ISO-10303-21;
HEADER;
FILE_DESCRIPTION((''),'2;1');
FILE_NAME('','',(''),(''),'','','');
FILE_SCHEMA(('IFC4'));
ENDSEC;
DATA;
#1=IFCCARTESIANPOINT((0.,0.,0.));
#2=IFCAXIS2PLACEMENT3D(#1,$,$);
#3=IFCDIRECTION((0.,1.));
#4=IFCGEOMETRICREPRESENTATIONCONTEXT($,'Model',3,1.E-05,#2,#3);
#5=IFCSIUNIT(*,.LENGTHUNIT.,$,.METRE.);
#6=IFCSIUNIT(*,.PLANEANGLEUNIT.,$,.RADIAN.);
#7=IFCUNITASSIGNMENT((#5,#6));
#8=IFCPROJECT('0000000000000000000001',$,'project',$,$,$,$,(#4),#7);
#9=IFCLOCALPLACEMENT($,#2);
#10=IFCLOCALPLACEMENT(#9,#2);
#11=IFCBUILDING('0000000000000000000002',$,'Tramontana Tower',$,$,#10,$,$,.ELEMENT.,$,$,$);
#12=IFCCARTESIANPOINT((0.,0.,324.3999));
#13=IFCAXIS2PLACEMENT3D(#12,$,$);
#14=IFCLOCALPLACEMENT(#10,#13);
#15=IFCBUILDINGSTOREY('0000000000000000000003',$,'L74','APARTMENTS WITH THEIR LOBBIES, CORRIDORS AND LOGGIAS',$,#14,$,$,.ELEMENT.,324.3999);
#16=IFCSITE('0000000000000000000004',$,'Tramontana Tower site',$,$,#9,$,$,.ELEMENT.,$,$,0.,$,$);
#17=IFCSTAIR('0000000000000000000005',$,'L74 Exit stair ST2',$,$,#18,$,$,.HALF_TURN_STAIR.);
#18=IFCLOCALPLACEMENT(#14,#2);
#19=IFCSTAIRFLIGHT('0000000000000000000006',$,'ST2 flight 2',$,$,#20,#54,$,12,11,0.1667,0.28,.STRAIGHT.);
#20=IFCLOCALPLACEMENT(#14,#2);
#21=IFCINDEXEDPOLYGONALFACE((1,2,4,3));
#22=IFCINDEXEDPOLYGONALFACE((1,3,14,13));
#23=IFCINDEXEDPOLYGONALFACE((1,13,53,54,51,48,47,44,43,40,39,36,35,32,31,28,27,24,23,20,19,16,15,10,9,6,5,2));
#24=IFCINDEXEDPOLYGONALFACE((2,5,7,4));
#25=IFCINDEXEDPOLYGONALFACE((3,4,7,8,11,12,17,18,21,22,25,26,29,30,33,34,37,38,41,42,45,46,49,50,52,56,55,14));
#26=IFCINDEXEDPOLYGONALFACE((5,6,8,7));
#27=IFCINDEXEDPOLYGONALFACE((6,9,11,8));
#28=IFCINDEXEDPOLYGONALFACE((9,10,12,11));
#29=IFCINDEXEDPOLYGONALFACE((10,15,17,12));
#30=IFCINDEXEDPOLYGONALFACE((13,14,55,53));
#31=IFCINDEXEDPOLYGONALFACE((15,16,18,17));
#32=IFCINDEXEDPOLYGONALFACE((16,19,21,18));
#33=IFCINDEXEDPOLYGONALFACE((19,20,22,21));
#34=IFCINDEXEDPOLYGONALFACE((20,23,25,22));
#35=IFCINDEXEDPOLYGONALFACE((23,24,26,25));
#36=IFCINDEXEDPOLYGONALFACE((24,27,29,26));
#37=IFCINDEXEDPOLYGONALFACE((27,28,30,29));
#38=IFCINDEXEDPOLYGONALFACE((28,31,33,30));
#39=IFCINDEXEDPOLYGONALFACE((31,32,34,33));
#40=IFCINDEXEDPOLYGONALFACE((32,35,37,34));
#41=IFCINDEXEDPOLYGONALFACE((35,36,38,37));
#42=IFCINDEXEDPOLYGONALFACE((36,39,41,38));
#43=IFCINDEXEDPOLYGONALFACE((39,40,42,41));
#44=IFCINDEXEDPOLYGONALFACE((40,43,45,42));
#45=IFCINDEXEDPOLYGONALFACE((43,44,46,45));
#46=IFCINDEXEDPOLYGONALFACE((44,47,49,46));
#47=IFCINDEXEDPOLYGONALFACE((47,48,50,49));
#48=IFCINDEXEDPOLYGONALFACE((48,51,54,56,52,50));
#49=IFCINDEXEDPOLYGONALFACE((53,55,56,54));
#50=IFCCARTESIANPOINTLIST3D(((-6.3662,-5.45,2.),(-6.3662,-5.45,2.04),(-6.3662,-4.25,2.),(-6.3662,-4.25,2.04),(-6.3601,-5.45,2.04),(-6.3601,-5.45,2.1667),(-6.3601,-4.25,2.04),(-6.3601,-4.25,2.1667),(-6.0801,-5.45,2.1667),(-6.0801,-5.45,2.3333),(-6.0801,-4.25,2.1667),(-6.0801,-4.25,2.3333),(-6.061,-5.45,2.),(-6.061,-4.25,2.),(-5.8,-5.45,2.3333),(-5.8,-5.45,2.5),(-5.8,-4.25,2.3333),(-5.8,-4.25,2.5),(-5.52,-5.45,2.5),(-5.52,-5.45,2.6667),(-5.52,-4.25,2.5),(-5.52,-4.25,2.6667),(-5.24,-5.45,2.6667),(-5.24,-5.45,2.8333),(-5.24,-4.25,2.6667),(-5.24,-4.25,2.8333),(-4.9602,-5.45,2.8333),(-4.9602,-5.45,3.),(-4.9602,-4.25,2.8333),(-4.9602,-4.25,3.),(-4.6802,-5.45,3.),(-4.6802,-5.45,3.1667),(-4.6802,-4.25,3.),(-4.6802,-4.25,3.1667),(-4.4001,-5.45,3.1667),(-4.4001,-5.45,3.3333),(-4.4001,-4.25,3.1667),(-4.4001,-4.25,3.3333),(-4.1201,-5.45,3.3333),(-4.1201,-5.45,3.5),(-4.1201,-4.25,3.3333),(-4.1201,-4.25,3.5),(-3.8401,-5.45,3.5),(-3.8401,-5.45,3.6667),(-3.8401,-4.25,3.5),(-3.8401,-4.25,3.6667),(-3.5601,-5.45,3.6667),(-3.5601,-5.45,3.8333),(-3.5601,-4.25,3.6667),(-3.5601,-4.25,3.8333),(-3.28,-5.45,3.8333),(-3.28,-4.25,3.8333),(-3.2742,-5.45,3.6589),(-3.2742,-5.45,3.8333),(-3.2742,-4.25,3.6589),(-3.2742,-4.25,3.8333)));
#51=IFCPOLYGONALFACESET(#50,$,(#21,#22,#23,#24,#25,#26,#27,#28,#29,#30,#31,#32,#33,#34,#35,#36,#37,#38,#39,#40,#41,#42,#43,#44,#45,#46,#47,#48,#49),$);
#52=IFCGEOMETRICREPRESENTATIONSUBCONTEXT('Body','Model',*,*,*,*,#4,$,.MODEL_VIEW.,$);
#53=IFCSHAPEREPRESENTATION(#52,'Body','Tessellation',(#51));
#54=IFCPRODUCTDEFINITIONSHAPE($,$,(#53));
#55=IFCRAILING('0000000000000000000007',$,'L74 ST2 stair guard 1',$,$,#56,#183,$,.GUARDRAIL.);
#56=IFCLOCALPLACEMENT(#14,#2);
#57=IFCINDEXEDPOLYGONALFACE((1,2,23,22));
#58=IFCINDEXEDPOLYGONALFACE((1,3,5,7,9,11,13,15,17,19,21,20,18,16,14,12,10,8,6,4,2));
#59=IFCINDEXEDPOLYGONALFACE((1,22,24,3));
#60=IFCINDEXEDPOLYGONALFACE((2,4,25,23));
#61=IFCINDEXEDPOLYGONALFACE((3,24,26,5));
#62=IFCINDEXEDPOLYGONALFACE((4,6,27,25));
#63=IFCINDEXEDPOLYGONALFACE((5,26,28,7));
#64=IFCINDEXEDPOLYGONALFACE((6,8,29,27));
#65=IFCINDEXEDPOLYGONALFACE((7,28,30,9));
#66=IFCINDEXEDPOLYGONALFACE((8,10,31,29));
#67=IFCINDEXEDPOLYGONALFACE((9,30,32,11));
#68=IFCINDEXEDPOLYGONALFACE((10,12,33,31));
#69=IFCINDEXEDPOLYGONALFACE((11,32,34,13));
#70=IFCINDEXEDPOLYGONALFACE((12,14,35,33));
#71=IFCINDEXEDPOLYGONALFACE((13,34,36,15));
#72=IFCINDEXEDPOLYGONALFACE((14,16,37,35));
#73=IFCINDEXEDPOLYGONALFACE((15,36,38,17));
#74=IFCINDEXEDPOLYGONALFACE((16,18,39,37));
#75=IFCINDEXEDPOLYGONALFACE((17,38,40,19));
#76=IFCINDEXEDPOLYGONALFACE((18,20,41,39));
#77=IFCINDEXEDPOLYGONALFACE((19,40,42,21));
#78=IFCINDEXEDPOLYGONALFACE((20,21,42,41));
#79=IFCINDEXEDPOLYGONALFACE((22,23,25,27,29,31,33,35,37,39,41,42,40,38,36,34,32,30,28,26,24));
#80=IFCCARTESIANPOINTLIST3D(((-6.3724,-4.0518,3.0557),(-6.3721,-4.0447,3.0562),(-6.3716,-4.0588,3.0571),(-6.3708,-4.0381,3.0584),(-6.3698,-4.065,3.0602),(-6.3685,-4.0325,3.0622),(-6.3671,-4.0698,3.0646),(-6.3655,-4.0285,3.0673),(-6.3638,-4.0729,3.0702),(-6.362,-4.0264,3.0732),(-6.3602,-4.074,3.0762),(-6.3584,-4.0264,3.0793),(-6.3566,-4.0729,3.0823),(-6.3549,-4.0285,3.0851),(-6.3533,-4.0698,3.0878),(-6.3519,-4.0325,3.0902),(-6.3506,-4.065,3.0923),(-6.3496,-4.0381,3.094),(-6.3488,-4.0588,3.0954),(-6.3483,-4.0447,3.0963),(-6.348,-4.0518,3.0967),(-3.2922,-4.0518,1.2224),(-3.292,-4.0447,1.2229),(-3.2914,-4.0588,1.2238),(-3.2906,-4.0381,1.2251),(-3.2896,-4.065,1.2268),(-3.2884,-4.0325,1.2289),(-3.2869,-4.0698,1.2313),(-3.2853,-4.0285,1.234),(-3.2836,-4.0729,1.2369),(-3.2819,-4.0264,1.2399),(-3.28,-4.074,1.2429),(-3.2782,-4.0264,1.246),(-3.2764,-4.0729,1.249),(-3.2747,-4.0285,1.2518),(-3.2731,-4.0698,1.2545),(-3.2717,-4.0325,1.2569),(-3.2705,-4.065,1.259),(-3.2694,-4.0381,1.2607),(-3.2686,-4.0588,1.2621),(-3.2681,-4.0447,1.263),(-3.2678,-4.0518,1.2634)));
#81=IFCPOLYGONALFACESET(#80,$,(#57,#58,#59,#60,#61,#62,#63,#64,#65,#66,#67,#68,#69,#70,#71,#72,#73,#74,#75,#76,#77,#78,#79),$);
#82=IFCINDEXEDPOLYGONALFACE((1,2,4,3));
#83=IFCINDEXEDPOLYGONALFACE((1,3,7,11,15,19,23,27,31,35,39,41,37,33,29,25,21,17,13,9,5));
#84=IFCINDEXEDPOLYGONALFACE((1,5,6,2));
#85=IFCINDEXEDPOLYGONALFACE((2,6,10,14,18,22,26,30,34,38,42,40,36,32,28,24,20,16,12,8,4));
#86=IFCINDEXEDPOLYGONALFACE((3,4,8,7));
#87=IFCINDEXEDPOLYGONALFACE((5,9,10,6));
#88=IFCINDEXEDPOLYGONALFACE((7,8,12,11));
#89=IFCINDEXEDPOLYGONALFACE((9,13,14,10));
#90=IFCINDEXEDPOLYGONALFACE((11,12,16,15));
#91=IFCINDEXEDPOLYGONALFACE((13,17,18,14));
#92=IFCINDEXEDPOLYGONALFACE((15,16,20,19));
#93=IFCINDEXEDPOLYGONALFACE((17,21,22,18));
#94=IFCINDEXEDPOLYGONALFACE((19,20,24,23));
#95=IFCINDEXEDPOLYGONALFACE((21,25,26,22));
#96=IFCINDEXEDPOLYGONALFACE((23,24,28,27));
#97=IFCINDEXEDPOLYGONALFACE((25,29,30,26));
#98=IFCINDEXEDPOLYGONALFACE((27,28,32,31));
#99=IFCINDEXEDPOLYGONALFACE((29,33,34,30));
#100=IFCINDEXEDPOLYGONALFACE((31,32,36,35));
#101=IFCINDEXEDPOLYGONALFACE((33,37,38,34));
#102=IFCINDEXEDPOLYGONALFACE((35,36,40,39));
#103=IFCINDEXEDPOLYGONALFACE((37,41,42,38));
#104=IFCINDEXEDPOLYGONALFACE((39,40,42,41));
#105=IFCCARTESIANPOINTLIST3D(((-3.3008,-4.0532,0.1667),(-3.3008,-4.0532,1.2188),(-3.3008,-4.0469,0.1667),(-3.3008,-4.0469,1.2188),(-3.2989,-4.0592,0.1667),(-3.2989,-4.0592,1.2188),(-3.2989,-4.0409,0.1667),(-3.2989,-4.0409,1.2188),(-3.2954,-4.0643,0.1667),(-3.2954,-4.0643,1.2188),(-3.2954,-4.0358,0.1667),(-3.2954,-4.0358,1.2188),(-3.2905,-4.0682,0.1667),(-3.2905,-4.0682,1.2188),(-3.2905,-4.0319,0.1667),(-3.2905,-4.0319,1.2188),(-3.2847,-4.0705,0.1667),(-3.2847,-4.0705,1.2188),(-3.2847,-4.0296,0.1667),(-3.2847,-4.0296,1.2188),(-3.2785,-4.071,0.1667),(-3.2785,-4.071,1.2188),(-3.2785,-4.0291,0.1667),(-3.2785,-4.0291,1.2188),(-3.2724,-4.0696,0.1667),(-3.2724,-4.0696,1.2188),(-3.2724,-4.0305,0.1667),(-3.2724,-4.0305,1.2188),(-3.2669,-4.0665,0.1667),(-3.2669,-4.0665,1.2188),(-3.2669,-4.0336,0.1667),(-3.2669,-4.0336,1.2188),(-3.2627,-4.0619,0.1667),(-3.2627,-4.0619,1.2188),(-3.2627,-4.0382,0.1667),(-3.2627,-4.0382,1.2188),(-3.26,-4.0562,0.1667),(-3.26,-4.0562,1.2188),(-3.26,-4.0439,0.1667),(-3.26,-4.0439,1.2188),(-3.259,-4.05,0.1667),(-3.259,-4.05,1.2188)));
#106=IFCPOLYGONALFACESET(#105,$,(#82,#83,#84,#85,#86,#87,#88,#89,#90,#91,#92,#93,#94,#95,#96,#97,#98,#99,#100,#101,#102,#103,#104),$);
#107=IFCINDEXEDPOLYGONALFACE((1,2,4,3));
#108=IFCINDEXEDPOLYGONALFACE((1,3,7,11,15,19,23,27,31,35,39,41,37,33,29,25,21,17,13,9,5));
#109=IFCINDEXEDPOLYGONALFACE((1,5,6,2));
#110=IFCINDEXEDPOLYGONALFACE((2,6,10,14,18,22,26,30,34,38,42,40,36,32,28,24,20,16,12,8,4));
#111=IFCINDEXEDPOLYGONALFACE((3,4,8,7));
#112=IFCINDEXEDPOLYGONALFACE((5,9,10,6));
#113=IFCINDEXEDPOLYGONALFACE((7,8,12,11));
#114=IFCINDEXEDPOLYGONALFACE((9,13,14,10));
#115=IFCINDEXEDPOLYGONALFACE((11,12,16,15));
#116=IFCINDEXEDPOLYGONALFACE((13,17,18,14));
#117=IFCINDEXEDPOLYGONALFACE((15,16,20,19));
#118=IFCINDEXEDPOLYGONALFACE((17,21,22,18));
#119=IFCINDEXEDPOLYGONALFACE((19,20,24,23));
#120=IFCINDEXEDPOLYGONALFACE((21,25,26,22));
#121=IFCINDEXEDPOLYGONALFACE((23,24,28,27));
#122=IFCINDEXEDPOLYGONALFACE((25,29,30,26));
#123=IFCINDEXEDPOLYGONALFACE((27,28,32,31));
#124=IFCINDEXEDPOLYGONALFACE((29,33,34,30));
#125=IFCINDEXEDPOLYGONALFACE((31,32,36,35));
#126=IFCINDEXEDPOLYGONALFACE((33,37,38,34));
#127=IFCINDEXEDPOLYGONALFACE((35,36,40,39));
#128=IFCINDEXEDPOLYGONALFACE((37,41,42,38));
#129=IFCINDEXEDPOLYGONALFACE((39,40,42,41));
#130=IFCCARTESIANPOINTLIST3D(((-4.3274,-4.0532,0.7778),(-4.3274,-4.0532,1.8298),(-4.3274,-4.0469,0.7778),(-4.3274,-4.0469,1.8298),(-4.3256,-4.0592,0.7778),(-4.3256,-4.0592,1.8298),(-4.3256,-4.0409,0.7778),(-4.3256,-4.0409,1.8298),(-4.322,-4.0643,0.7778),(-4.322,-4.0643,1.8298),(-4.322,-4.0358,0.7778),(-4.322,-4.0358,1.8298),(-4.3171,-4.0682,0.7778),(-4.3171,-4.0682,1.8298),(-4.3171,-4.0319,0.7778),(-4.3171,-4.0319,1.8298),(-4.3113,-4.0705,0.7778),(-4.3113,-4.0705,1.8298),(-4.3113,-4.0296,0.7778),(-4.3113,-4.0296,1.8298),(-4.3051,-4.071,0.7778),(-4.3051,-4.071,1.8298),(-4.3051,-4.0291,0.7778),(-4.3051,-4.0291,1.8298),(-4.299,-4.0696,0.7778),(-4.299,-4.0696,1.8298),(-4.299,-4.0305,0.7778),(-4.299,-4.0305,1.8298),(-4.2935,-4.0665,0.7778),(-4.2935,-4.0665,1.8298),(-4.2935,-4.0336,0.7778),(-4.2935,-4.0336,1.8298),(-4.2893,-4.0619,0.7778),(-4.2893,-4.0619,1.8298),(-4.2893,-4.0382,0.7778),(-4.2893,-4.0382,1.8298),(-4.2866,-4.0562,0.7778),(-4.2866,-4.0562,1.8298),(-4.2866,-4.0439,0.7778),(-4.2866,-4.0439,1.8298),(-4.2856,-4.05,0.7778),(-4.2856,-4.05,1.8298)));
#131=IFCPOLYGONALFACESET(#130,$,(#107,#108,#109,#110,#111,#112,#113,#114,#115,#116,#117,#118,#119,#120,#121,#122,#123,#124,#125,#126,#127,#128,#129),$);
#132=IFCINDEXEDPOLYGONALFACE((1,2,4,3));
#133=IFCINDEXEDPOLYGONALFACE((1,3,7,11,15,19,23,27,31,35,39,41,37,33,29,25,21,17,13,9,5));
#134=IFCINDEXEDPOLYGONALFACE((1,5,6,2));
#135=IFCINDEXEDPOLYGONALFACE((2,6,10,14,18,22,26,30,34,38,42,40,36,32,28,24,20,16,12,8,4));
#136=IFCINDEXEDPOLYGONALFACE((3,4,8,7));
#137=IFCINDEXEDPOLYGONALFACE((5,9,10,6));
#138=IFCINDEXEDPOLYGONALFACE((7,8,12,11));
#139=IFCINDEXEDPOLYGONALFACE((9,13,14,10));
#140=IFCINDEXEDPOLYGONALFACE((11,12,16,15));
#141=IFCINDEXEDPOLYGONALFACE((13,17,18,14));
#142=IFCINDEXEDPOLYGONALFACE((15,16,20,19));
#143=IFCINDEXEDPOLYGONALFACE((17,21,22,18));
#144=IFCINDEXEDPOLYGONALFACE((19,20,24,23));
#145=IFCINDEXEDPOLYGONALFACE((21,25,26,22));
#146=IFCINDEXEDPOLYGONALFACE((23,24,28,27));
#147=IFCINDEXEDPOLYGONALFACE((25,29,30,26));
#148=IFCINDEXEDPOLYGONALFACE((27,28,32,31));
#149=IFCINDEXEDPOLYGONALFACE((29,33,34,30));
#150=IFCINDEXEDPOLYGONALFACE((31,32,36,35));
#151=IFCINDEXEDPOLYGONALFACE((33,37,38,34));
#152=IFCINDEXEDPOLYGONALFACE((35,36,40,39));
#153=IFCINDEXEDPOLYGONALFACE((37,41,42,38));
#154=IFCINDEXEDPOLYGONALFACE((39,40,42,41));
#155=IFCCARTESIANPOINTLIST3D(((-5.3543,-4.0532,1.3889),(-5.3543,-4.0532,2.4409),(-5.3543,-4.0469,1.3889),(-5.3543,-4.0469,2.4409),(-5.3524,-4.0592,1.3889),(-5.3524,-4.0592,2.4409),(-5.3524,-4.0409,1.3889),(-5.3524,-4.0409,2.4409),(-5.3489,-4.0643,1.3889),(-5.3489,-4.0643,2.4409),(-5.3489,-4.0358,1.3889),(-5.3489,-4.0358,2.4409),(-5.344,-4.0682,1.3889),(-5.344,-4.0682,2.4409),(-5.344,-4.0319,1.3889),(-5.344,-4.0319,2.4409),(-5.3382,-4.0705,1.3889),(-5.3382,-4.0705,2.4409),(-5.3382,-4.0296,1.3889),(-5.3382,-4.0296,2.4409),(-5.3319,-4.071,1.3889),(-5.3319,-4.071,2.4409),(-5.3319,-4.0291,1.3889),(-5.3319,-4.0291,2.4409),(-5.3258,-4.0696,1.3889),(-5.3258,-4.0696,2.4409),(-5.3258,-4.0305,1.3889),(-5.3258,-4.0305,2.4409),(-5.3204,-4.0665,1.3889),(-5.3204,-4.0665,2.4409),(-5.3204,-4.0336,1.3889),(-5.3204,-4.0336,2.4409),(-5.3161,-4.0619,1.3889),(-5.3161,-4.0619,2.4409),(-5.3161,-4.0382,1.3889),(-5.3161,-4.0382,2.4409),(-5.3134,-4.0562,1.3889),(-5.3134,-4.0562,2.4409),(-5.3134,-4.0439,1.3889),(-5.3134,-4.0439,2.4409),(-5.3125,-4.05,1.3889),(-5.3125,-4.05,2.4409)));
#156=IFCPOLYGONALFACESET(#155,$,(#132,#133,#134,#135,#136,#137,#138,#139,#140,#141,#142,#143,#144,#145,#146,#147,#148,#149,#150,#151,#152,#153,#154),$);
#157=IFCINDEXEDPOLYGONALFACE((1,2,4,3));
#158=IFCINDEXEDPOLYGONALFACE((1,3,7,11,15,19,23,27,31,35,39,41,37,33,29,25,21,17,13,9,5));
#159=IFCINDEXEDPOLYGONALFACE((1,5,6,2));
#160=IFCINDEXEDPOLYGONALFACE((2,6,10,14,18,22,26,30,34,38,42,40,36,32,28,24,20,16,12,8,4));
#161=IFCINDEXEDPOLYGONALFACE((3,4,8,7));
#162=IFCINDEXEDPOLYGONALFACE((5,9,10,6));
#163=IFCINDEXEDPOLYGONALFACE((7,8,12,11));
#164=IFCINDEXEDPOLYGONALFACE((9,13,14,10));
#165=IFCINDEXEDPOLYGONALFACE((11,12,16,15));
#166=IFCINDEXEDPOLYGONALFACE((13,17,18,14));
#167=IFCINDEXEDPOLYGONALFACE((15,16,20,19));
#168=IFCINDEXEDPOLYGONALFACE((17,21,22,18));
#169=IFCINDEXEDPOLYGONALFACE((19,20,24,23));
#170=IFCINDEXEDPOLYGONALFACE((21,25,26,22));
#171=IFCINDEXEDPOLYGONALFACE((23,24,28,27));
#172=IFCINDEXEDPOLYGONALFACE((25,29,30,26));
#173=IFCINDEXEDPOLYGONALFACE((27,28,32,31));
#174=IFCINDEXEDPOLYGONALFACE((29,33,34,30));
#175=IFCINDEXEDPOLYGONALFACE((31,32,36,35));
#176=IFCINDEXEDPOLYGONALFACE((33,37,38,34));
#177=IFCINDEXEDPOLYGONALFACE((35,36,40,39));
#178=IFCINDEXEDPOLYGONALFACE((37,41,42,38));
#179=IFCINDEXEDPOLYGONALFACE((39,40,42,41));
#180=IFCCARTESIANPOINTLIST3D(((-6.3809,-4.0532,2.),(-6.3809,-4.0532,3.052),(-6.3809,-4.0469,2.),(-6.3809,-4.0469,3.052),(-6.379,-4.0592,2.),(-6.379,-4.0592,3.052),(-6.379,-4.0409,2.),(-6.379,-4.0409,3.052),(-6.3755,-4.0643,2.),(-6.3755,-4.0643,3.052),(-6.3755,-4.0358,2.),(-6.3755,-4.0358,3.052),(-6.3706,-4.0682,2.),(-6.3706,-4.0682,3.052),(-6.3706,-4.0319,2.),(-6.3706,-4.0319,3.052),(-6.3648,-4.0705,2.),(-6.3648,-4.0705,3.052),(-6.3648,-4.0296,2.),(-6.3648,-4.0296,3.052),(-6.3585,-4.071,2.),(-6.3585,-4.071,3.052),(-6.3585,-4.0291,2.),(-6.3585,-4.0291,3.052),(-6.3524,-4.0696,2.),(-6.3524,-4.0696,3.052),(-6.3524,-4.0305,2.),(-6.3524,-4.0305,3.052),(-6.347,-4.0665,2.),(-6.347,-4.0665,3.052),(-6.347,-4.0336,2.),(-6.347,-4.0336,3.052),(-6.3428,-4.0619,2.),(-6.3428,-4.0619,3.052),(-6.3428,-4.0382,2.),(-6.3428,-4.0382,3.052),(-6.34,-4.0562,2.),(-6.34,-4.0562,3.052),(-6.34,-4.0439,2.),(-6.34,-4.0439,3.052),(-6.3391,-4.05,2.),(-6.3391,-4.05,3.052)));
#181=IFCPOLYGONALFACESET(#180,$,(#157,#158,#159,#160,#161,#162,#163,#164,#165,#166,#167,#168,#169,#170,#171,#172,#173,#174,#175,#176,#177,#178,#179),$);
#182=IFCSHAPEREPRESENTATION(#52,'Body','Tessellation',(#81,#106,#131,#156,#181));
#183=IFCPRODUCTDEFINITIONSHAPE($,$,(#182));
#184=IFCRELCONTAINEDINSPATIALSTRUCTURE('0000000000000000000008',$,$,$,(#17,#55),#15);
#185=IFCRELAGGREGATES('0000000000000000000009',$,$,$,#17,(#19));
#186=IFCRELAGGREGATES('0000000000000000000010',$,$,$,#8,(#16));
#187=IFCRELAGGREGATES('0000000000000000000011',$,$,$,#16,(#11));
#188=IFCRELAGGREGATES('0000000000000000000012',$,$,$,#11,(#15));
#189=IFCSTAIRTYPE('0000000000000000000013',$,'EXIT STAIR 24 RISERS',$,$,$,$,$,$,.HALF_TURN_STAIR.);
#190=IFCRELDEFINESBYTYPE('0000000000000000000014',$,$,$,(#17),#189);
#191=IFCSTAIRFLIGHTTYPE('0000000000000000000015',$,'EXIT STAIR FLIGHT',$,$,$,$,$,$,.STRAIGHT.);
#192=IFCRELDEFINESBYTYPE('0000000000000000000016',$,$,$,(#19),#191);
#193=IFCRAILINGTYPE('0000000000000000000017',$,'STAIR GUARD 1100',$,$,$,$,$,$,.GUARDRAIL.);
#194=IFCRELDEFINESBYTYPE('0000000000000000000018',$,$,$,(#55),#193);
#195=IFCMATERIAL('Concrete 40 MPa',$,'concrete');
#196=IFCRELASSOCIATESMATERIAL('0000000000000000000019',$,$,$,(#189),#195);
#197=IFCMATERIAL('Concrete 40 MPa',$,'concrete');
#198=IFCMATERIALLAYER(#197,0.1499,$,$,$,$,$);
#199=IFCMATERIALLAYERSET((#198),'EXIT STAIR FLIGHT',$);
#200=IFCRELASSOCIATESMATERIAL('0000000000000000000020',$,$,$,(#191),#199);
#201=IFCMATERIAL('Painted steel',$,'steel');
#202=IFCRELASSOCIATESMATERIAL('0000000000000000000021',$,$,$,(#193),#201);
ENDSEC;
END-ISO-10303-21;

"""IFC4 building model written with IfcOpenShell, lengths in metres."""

from ifc_helpers import new_model, si_unit, direction, frame, origin, origin_2d, place, context, subcontext, project, spatial, polyline, circle, outline, extrude, material, layer, layer_set, type_object, element, aggregate, save


model = new_model("IFC4")

# Units and contexts
model_context = context("Model", 3, precision=1e-05, world=origin(), true_north=direction((0.0, 1.0)))
body_context = subcontext(model_context, "Body", "Model", "MODEL_VIEW")
ifc_project = project(units=[si_unit("LENGTHUNIT", "METRE"), si_unit("PLANEANGLEUNIT", "RADIAN")], contexts=[model_context])

# Site, building, storey
site_placement = place(None, origin())
site = spatial("IfcSite", under=ifc_project, at=site_placement, Name="Tramontana Tower site", CompositionType="ELEMENT", RefElevation=0.0)
building_placement = place(site_placement, origin())
building = spatial("IfcBuilding", under=site, at=building_placement, Name="Tramontana Tower", CompositionType="ELEMENT")
storey_placement = place(building_placement, frame((0.0, 0.0, 324.3999)))
storey = spatial("IfcBuildingStorey", under=building, at=storey_placement, Name="L74", Description="APARTMENTS WITH THEIR LOBBIES, CORRIDORS AND LOGGIAS", CompositionType="ELEMENT", Elevation=324.3999)

# Stair
ifc_material_1 = material(Name="Concrete 40 MPa", Category="concrete")
stair_type = type_object("IfcStairType", Name="EXIT STAIR 24 RISERS", PredefinedType="HALF_TURN_STAIR", material=ifc_material_1)
stair_1_placement = place(storey_placement, origin())
stair_1 = element("IfcStair", 1, at=stair_1_placement, inside=storey, type_object=stair_type, Name="L74 Exit stair ST2", PredefinedType="HALF_TURN_STAIR")

# Stair flight
ifc_material_2 = material(Name="Concrete 40 MPa", Category="concrete")
ifc_layer_1 = layer(ifc_material_2, 0.1499)
ifc_layer_set_1 = layer_set([ifc_layer_1], Name="EXIT STAIR FLIGHT")
stair_flight_type = type_object("IfcStairFlightType", Name="EXIT STAIR FLIGHT", PredefinedType="STRAIGHT", material=ifc_layer_set_1)
stair_flight_1_placement = place(storey_placement, frame((-6.3601, -4.8501, 2.0), z_axis=(0.0, 0.0, 1.0), x_axis=(1.0, 0.0, 0.0)))
stair_flight_1 = element("IfcStairFlight", 2, at=stair_flight_1_placement, type_object=stair_flight_type, Name="ST2 flight 2", NumberOfRisers=12, NumberOfTreads=11, PredefinedType="STRAIGHT", RiserHeight=0.1667, TreadLength=0.28, context=body_context, shape_type="SweptSolid", body=[
    extrude(outline(polyline([(-0.0061, 0.0), (-0.0061, 0.04), (0.0, 0.04), (0.0, 0.1667), (0.28, 0.1667), (0.28, 0.3333), (0.5601, 0.3333), (0.5601, 0.5), (0.8401, 0.5), (0.8401, 0.6667), (1.1201, 0.6667), (1.1201, 0.8333), (1.3999, 0.8333), (1.3999, 1.0), (1.6799, 1.0), (1.6799, 1.1667), (1.96, 1.1667), (1.96, 1.3333), (2.24, 1.3333), (2.24, 1.5), (2.52, 1.5), (2.52, 1.6667), (2.8, 1.6667), (2.8, 1.8333), (3.0801, 1.8333), (3.0859, 1.8333), (3.0859, 1.6589), (0.2991, 0.0), (-0.0061, 0.0)])), frame((0.0, 0.6001, 0.0), z_axis=(0.0, -1.0, 0.0), x_axis=(1.0, 0.0, 0.0)), (0.0, 0.0, 1.0), 1.2),
])
aggregate(stair_1, [stair_flight_1])

# Railing
ifc_material_3 = material(Name="Painted steel", Category="steel")
railing_type_1 = type_object("IfcRailingType", Name="STAIR GUARD 1100", PredefinedType="GUARDRAIL", material=ifc_material_3)
railing_1_placement = place(storey_placement, frame((-3.28, -4.05, 0.1667)))
element("IfcRailing", 3, at=railing_1_placement, inside=storey, type_object=railing_type_1, Name="L74 ST2 stair guard 1", PredefinedType="GUARDRAIL", context=body_context, shape_type="SweptSolid", body=[
    extrude(circle(Radius=0.0239, at=origin_2d()), frame((0.0, 0.0, 1.0762), z_axis=(-0.859309, 0.0, 0.511458), x_axis=(0.0, -1.0, 0.0)), (0.0, 0.0, 1.0), 3.5845),
    extrude(circle(Radius=0.021, at=origin_2d()), origin(), (0.0, 0.0, 1.0), 1.052),
    extrude(circle(Radius=0.021, at=origin_2d()), frame((-1.0266, 0.0, 0.6111)), (0.0, 0.0, 1.0), 1.052),
    extrude(circle(Radius=0.021, at=origin_2d()), frame((-2.0535, 0.0, 1.2222)), (0.0, 0.0, 1.0), 1.052),
    extrude(circle(Radius=0.021, at=origin_2d()), frame((-3.0801, 0.0, 1.8333)), (0.0, 0.0, 1.0), 1.052),
])

save(model, "model.ifc")
